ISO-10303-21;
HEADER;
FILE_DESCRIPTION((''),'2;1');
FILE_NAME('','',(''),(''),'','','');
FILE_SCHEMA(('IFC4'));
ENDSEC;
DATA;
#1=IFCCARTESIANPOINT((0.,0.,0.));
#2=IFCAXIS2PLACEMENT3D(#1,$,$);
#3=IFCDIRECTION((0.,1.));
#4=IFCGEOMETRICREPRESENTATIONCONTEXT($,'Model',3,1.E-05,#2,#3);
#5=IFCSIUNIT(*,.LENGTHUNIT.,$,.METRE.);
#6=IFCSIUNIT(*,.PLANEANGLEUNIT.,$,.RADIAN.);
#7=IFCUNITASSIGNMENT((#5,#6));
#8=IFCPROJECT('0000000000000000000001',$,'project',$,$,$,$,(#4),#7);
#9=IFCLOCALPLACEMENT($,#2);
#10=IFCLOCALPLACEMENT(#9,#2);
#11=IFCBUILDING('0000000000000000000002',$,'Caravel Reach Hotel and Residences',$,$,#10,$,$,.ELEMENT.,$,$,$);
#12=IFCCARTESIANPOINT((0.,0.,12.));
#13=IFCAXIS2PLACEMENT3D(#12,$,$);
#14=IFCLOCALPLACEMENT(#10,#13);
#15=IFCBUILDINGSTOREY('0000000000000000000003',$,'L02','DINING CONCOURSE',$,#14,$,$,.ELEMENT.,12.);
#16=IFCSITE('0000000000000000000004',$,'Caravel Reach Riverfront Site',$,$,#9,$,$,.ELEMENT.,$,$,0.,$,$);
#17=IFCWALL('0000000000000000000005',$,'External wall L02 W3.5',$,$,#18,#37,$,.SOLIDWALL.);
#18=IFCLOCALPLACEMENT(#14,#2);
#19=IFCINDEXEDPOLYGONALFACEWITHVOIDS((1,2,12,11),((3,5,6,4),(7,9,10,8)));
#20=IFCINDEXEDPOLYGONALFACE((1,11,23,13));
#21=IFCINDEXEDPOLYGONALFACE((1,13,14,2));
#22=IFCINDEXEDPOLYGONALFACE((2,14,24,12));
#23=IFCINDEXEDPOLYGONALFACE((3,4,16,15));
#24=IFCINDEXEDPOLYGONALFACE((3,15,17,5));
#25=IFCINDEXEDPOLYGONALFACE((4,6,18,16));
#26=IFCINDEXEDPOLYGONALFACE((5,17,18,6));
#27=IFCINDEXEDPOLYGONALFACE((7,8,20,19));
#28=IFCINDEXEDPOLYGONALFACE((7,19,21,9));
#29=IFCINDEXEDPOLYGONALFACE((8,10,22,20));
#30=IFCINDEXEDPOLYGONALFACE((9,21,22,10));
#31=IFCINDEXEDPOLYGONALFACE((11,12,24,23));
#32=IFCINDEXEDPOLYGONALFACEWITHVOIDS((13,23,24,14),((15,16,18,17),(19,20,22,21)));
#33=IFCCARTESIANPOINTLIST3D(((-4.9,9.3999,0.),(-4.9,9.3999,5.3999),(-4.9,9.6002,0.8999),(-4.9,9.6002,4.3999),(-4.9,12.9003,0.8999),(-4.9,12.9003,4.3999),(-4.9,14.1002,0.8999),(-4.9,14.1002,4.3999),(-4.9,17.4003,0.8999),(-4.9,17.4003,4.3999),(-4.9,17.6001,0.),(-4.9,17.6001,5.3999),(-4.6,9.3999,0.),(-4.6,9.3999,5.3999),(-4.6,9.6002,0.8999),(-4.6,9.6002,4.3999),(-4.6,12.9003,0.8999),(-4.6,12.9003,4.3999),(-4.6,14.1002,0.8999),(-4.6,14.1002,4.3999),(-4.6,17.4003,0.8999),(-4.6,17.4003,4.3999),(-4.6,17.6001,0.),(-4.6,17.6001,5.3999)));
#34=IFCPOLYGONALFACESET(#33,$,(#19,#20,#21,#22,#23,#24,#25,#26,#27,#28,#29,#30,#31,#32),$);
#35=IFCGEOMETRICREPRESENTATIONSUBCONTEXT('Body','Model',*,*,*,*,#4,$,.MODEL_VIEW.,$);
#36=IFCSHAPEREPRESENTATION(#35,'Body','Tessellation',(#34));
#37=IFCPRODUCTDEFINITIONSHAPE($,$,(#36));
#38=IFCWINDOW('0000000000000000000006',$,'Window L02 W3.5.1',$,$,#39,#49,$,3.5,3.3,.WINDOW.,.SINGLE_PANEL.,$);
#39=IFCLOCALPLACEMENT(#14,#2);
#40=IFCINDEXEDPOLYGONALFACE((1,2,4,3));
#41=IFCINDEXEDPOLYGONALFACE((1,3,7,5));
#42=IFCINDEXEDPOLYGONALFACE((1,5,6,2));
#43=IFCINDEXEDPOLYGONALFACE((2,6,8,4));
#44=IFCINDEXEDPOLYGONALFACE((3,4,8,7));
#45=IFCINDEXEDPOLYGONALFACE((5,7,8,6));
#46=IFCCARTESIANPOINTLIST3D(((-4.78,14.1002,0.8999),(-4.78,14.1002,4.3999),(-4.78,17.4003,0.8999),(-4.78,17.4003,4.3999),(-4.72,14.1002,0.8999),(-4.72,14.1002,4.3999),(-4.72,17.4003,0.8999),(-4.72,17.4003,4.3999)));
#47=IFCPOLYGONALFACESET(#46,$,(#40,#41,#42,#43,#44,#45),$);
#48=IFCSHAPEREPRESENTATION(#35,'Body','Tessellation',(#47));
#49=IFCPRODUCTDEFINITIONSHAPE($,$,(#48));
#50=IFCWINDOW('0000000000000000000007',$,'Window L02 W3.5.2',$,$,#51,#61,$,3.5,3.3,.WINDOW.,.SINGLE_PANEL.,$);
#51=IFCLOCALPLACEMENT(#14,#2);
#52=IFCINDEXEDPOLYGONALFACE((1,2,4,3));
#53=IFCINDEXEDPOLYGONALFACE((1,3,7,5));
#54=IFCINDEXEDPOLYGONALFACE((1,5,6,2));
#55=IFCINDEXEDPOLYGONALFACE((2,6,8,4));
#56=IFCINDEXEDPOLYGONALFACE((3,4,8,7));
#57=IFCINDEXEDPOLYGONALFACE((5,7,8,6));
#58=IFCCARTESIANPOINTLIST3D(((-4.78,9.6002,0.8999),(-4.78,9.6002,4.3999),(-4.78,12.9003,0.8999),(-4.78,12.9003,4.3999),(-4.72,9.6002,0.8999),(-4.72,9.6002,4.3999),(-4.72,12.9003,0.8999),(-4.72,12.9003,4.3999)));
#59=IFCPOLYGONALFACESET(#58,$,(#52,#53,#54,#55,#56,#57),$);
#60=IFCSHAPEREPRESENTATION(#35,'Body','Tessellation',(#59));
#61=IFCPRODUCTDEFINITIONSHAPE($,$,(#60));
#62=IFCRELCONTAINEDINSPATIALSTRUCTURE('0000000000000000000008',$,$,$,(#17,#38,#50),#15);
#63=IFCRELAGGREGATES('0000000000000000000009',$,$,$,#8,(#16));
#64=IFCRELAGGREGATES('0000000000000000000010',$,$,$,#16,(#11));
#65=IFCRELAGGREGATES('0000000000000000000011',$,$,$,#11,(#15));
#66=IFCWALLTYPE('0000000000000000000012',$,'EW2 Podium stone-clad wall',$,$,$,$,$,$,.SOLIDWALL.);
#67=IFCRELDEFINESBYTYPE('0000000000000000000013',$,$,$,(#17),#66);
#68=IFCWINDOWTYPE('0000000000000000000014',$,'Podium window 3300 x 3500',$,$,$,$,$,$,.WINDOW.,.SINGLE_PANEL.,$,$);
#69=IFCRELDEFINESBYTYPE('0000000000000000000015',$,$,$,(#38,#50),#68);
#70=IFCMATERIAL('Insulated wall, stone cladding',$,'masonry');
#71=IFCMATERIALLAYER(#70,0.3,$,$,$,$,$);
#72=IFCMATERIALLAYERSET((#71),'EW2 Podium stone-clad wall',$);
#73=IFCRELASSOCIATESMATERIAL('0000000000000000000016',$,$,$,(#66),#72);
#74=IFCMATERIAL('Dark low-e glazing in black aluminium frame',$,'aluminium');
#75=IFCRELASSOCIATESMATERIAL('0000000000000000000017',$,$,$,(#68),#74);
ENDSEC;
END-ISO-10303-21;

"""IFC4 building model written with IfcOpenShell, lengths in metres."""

from ifc_helpers import new_model, si_unit, direction, frame, frame_2d, origin, place, context, subcontext, project, spatial, rectangle, extrude, material, layer, layer_set, type_object, element, fill, save


model = new_model("IFC4")

# Units and contexts
model_context = context("Model", 3, precision=1e-05, world=origin(), true_north=direction((0.0, 1.0)))
body_context = subcontext(model_context, "Body", "Model", "MODEL_VIEW")
ifc_project = project(units=[si_unit("LENGTHUNIT", "METRE"), si_unit("PLANEANGLEUNIT", "RADIAN")], contexts=[model_context])

# Site, building, storey
site_placement = place(None, origin())
site = spatial("IfcSite", under=ifc_project, at=site_placement, Name="Caravel Reach Riverfront Site", CompositionType="ELEMENT", RefElevation=0.0)
building_placement = place(site_placement, origin())
building = spatial("IfcBuilding", under=site, at=building_placement, Name="Caravel Reach Hotel and Residences", CompositionType="ELEMENT")
storey_placement = place(building_placement, frame((0.0, 0.0, 12.0)))
storey = spatial("IfcBuildingStorey", under=building, at=storey_placement, Name="L02", Description="DINING CONCOURSE", CompositionType="ELEMENT", Elevation=12.0)

# Wall, openings, windows
ifc_material_1 = material(Name="Insulated wall, stone cladding", Category="masonry")
ifc_layer_1 = layer(ifc_material_1, 0.3)
ifc_layer_set_1 = layer_set([ifc_layer_1], Name="EW2 Podium stone-clad wall")
wall_type_1 = type_object("IfcWallType", Name="EW2 Podium stone-clad wall", PredefinedType="SOLIDWALL", material=ifc_layer_set_1)
ifc_material_2 = material(Name="Dark low-e glazing in black aluminium frame", Category="aluminium")
window_type = type_object("IfcWindowType", Name="Podium window 3300 x 3500", PartitioningType="SINGLE_PANEL", PredefinedType="WINDOW", material=ifc_material_2)
wall_1_placement = place(storey_placement, frame((-4.75, 17.6001, 0.0), z_axis=(0.0, 0.0, 1.0), x_axis=(0.0, -1.0, 0.0)))
wall_1 = element("IfcWall", 1, at=wall_1_placement, inside=storey, type_object=wall_type_1, Name="External wall L02 W3.5", PredefinedType="SOLIDWALL", context=body_context, shape_type="SweptSolid", body=[
    extrude(rectangle(XDim=8.2002, YDim=0.3, at=frame_2d((4.1001, 0.0))), origin(), (0.0, 0.0, 1.0), 5.3999),
])
opening_1_placement = place(wall_1_placement, frame((0.2, 0.0, 0.8999)))
opening_1 = element("IfcOpeningElement", 2, at=opening_1_placement, cuts=wall_1, PredefinedType="OPENING", context=body_context, shape_type="SweptSolid", body=[
    extrude(rectangle(XDim=3.3, YDim=3.5, at=frame_2d((1.6499, 1.75))), frame((0.0, 0.1599, 0.0), z_axis=(0.0, -1.0, 0.0), x_axis=(1.0, 0.0, 0.0)), (0.0, 0.0, 1.0), 0.3201),
])
opening_2_placement = place(wall_1_placement, frame((4.7, 0.0, 0.8999)))
opening_2 = element("IfcOpeningElement", 3, at=opening_2_placement, cuts=wall_1, PredefinedType="OPENING", context=body_context, shape_type="SweptSolid", body=[
    extrude(rectangle(XDim=3.3, YDim=3.5, at=frame_2d((1.6499, 1.75))), frame((0.0, 0.1599, 0.0), z_axis=(0.0, -1.0, 0.0), x_axis=(1.0, 0.0, 0.0)), (0.0, 0.0, 1.0), 0.3201),
])
window_1_placement = place(opening_1_placement, origin())
window_1 = element("IfcWindow", 4, at=window_1_placement, inside=storey, type_object=window_type, Name="Window L02 W3.5.1", OverallHeight=3.5, OverallWidth=3.3, PartitioningType="SINGLE_PANEL", PredefinedType="WINDOW", context=body_context, shape_type="SweptSolid", body=[
    extrude(rectangle(XDim=3.3, YDim=3.5, at=frame_2d((1.6499, 1.75))), frame((0.0, 0.03, 0.0), z_axis=(0.0, -1.0, 0.0), x_axis=(1.0, 0.0, 0.0)), (0.0, 0.0, 1.0), 0.0601),
])
fill(opening_1, window_1)
window_2_placement = place(opening_2_placement, origin())
window_2 = element("IfcWindow", 5, at=window_2_placement, inside=storey, type_object=window_type, Name="Window L02 W3.5.2", OverallHeight=3.5, OverallWidth=3.3, PartitioningType="SINGLE_PANEL", PredefinedType="WINDOW", context=body_context, shape_type="SweptSolid", body=[
    extrude(rectangle(XDim=3.3, YDim=3.5, at=frame_2d((1.6499, 1.75))), frame((0.0, 0.03, 0.0), z_axis=(0.0, -1.0, 0.0), x_axis=(1.0, 0.0, 0.0)), (0.0, 0.0, 1.0), 0.0601),
])
fill(opening_2, window_2)

save(model, "model.ifc")
